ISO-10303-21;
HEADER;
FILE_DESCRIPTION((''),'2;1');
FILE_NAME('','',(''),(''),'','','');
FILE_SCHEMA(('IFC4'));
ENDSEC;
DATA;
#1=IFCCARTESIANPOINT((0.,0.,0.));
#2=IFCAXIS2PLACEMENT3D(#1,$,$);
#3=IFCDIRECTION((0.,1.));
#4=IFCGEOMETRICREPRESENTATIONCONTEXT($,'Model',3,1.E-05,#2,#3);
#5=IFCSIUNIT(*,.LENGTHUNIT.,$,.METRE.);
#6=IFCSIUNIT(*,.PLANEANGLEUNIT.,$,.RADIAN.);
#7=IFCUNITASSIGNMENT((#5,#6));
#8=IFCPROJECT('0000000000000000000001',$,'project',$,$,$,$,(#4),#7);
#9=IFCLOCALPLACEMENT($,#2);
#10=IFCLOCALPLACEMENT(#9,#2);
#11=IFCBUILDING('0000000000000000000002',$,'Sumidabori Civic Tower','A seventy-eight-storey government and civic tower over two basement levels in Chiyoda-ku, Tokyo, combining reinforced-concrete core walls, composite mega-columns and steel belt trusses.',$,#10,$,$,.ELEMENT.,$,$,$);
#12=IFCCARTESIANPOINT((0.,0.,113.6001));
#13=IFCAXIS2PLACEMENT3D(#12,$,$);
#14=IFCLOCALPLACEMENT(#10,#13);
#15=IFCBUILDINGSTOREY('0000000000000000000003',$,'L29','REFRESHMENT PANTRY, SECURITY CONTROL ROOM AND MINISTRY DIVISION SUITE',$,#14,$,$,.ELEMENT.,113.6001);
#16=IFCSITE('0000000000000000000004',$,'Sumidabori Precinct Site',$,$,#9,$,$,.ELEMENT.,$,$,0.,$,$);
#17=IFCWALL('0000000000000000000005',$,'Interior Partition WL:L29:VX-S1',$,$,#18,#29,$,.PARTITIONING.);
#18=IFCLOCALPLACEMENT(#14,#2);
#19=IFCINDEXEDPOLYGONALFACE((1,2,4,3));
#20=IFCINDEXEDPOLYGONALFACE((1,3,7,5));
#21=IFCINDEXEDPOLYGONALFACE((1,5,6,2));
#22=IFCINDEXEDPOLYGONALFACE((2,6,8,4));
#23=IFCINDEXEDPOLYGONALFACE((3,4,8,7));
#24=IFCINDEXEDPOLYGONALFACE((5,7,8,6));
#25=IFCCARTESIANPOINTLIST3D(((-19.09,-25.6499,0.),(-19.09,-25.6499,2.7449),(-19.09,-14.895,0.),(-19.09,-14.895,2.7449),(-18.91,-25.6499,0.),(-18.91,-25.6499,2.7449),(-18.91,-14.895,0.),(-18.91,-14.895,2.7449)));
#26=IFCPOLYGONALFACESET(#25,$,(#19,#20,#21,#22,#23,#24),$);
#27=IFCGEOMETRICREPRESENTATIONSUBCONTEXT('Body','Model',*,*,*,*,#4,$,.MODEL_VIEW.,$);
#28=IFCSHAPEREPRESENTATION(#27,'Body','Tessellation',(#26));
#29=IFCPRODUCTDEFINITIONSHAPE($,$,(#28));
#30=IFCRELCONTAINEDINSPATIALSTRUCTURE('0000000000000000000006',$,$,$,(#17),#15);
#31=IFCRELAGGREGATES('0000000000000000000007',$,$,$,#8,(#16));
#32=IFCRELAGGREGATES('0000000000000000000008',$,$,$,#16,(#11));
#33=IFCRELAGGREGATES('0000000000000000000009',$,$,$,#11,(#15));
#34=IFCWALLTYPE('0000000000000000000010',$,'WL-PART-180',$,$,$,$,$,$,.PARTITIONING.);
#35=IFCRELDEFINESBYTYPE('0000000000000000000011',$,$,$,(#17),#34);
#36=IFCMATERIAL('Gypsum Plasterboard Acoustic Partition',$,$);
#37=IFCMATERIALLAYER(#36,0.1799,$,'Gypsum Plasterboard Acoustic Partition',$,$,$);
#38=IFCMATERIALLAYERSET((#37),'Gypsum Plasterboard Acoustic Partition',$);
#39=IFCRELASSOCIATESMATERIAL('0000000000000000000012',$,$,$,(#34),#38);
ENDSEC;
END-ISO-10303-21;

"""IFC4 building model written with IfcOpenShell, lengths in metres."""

from ifc_helpers import new_model, si_unit, direction, frame, frame_2d, origin, place, context, subcontext, project, spatial, rectangle, extrude, source, transform, mapped, material, layer, layer_set, type_object, element, save


model = new_model("IFC4")

# Units and contexts
model_context = context("Model", 3, precision=1e-05, world=origin(), true_north=direction((0.0, 1.0)))
body_context = subcontext(model_context, "Body", "Model", "MODEL_VIEW")
ifc_project = project(units=[si_unit("LENGTHUNIT", "METRE"), si_unit("PLANEANGLEUNIT", "RADIAN")], contexts=[model_context])

# Site, building, storey
site_placement = place(None, origin())
site = spatial("IfcSite", under=ifc_project, at=site_placement, Name="Sumidabori Precinct Site", CompositionType="ELEMENT", RefElevation=0.0)
building_placement = place(site_placement, origin())
building = spatial("IfcBuilding", under=site, at=building_placement, Name="Sumidabori Civic Tower", Description="A seventy-eight-storey government and civic tower over two basement levels in Chiyoda-ku, Tokyo, combining reinforced-concrete core walls, composite mega-columns and steel belt trusses.", CompositionType="ELEMENT")
storey_placement = place(building_placement, frame((0.0, 0.0, 113.6001)))
storey = spatial("IfcBuildingStorey", under=building, at=storey_placement, Name="L29", Description="REFRESHMENT PANTRY, SECURITY CONTROL ROOM AND MINISTRY DIVISION SUITE", CompositionType="ELEMENT", Elevation=113.6001)

# Shared definitions
ifc_material_1 = material(Name="Gypsum Plasterboard Acoustic Partition")
ifc_layer_1 = layer(ifc_material_1, 0.1799, Name="Gypsum Plasterboard Acoustic Partition")
ifc_layer_set_1 = layer_set([ifc_layer_1], Name="Gypsum Plasterboard Acoustic Partition")
wall_type_1 = type_object("IfcWallType", Name="WL-PART-180", PredefinedType="PARTITIONING", material=ifc_layer_set_1)

# Wall
shared_shape_1 = source(origin(), body_context, "Body", "SweptSolid", [
    extrude(rectangle(XDim=10.7549, YDim=0.1799, at=frame_2d((5.3774, 0.0))), origin(), (0.0, 0.0, 1.0), 2.7449),
])
wall_1_placement = place(storey_placement, frame((-19.0, -25.6499, 0.0), z_axis=(0.0, 0.0, 1.0), x_axis=(0.0, 1.0, 0.0)))
element("IfcWall", 1, at=wall_1_placement, inside=storey, type_object=wall_type_1, Name="Interior Partition WL:L29:VX-S1", PredefinedType="PARTITIONING", context=body_context, shape_type="MappedRepresentation", body=[
    mapped(shared_shape_1, transform((0.0, 0.0, 0.0), x_axis=(1.0, 0.0, 0.0), y_axis=(0.0, 1.0, 0.0), z_axis=(0.0, 0.0, 1.0), scale=1.0)),
])

save(model, "model.ifc")
